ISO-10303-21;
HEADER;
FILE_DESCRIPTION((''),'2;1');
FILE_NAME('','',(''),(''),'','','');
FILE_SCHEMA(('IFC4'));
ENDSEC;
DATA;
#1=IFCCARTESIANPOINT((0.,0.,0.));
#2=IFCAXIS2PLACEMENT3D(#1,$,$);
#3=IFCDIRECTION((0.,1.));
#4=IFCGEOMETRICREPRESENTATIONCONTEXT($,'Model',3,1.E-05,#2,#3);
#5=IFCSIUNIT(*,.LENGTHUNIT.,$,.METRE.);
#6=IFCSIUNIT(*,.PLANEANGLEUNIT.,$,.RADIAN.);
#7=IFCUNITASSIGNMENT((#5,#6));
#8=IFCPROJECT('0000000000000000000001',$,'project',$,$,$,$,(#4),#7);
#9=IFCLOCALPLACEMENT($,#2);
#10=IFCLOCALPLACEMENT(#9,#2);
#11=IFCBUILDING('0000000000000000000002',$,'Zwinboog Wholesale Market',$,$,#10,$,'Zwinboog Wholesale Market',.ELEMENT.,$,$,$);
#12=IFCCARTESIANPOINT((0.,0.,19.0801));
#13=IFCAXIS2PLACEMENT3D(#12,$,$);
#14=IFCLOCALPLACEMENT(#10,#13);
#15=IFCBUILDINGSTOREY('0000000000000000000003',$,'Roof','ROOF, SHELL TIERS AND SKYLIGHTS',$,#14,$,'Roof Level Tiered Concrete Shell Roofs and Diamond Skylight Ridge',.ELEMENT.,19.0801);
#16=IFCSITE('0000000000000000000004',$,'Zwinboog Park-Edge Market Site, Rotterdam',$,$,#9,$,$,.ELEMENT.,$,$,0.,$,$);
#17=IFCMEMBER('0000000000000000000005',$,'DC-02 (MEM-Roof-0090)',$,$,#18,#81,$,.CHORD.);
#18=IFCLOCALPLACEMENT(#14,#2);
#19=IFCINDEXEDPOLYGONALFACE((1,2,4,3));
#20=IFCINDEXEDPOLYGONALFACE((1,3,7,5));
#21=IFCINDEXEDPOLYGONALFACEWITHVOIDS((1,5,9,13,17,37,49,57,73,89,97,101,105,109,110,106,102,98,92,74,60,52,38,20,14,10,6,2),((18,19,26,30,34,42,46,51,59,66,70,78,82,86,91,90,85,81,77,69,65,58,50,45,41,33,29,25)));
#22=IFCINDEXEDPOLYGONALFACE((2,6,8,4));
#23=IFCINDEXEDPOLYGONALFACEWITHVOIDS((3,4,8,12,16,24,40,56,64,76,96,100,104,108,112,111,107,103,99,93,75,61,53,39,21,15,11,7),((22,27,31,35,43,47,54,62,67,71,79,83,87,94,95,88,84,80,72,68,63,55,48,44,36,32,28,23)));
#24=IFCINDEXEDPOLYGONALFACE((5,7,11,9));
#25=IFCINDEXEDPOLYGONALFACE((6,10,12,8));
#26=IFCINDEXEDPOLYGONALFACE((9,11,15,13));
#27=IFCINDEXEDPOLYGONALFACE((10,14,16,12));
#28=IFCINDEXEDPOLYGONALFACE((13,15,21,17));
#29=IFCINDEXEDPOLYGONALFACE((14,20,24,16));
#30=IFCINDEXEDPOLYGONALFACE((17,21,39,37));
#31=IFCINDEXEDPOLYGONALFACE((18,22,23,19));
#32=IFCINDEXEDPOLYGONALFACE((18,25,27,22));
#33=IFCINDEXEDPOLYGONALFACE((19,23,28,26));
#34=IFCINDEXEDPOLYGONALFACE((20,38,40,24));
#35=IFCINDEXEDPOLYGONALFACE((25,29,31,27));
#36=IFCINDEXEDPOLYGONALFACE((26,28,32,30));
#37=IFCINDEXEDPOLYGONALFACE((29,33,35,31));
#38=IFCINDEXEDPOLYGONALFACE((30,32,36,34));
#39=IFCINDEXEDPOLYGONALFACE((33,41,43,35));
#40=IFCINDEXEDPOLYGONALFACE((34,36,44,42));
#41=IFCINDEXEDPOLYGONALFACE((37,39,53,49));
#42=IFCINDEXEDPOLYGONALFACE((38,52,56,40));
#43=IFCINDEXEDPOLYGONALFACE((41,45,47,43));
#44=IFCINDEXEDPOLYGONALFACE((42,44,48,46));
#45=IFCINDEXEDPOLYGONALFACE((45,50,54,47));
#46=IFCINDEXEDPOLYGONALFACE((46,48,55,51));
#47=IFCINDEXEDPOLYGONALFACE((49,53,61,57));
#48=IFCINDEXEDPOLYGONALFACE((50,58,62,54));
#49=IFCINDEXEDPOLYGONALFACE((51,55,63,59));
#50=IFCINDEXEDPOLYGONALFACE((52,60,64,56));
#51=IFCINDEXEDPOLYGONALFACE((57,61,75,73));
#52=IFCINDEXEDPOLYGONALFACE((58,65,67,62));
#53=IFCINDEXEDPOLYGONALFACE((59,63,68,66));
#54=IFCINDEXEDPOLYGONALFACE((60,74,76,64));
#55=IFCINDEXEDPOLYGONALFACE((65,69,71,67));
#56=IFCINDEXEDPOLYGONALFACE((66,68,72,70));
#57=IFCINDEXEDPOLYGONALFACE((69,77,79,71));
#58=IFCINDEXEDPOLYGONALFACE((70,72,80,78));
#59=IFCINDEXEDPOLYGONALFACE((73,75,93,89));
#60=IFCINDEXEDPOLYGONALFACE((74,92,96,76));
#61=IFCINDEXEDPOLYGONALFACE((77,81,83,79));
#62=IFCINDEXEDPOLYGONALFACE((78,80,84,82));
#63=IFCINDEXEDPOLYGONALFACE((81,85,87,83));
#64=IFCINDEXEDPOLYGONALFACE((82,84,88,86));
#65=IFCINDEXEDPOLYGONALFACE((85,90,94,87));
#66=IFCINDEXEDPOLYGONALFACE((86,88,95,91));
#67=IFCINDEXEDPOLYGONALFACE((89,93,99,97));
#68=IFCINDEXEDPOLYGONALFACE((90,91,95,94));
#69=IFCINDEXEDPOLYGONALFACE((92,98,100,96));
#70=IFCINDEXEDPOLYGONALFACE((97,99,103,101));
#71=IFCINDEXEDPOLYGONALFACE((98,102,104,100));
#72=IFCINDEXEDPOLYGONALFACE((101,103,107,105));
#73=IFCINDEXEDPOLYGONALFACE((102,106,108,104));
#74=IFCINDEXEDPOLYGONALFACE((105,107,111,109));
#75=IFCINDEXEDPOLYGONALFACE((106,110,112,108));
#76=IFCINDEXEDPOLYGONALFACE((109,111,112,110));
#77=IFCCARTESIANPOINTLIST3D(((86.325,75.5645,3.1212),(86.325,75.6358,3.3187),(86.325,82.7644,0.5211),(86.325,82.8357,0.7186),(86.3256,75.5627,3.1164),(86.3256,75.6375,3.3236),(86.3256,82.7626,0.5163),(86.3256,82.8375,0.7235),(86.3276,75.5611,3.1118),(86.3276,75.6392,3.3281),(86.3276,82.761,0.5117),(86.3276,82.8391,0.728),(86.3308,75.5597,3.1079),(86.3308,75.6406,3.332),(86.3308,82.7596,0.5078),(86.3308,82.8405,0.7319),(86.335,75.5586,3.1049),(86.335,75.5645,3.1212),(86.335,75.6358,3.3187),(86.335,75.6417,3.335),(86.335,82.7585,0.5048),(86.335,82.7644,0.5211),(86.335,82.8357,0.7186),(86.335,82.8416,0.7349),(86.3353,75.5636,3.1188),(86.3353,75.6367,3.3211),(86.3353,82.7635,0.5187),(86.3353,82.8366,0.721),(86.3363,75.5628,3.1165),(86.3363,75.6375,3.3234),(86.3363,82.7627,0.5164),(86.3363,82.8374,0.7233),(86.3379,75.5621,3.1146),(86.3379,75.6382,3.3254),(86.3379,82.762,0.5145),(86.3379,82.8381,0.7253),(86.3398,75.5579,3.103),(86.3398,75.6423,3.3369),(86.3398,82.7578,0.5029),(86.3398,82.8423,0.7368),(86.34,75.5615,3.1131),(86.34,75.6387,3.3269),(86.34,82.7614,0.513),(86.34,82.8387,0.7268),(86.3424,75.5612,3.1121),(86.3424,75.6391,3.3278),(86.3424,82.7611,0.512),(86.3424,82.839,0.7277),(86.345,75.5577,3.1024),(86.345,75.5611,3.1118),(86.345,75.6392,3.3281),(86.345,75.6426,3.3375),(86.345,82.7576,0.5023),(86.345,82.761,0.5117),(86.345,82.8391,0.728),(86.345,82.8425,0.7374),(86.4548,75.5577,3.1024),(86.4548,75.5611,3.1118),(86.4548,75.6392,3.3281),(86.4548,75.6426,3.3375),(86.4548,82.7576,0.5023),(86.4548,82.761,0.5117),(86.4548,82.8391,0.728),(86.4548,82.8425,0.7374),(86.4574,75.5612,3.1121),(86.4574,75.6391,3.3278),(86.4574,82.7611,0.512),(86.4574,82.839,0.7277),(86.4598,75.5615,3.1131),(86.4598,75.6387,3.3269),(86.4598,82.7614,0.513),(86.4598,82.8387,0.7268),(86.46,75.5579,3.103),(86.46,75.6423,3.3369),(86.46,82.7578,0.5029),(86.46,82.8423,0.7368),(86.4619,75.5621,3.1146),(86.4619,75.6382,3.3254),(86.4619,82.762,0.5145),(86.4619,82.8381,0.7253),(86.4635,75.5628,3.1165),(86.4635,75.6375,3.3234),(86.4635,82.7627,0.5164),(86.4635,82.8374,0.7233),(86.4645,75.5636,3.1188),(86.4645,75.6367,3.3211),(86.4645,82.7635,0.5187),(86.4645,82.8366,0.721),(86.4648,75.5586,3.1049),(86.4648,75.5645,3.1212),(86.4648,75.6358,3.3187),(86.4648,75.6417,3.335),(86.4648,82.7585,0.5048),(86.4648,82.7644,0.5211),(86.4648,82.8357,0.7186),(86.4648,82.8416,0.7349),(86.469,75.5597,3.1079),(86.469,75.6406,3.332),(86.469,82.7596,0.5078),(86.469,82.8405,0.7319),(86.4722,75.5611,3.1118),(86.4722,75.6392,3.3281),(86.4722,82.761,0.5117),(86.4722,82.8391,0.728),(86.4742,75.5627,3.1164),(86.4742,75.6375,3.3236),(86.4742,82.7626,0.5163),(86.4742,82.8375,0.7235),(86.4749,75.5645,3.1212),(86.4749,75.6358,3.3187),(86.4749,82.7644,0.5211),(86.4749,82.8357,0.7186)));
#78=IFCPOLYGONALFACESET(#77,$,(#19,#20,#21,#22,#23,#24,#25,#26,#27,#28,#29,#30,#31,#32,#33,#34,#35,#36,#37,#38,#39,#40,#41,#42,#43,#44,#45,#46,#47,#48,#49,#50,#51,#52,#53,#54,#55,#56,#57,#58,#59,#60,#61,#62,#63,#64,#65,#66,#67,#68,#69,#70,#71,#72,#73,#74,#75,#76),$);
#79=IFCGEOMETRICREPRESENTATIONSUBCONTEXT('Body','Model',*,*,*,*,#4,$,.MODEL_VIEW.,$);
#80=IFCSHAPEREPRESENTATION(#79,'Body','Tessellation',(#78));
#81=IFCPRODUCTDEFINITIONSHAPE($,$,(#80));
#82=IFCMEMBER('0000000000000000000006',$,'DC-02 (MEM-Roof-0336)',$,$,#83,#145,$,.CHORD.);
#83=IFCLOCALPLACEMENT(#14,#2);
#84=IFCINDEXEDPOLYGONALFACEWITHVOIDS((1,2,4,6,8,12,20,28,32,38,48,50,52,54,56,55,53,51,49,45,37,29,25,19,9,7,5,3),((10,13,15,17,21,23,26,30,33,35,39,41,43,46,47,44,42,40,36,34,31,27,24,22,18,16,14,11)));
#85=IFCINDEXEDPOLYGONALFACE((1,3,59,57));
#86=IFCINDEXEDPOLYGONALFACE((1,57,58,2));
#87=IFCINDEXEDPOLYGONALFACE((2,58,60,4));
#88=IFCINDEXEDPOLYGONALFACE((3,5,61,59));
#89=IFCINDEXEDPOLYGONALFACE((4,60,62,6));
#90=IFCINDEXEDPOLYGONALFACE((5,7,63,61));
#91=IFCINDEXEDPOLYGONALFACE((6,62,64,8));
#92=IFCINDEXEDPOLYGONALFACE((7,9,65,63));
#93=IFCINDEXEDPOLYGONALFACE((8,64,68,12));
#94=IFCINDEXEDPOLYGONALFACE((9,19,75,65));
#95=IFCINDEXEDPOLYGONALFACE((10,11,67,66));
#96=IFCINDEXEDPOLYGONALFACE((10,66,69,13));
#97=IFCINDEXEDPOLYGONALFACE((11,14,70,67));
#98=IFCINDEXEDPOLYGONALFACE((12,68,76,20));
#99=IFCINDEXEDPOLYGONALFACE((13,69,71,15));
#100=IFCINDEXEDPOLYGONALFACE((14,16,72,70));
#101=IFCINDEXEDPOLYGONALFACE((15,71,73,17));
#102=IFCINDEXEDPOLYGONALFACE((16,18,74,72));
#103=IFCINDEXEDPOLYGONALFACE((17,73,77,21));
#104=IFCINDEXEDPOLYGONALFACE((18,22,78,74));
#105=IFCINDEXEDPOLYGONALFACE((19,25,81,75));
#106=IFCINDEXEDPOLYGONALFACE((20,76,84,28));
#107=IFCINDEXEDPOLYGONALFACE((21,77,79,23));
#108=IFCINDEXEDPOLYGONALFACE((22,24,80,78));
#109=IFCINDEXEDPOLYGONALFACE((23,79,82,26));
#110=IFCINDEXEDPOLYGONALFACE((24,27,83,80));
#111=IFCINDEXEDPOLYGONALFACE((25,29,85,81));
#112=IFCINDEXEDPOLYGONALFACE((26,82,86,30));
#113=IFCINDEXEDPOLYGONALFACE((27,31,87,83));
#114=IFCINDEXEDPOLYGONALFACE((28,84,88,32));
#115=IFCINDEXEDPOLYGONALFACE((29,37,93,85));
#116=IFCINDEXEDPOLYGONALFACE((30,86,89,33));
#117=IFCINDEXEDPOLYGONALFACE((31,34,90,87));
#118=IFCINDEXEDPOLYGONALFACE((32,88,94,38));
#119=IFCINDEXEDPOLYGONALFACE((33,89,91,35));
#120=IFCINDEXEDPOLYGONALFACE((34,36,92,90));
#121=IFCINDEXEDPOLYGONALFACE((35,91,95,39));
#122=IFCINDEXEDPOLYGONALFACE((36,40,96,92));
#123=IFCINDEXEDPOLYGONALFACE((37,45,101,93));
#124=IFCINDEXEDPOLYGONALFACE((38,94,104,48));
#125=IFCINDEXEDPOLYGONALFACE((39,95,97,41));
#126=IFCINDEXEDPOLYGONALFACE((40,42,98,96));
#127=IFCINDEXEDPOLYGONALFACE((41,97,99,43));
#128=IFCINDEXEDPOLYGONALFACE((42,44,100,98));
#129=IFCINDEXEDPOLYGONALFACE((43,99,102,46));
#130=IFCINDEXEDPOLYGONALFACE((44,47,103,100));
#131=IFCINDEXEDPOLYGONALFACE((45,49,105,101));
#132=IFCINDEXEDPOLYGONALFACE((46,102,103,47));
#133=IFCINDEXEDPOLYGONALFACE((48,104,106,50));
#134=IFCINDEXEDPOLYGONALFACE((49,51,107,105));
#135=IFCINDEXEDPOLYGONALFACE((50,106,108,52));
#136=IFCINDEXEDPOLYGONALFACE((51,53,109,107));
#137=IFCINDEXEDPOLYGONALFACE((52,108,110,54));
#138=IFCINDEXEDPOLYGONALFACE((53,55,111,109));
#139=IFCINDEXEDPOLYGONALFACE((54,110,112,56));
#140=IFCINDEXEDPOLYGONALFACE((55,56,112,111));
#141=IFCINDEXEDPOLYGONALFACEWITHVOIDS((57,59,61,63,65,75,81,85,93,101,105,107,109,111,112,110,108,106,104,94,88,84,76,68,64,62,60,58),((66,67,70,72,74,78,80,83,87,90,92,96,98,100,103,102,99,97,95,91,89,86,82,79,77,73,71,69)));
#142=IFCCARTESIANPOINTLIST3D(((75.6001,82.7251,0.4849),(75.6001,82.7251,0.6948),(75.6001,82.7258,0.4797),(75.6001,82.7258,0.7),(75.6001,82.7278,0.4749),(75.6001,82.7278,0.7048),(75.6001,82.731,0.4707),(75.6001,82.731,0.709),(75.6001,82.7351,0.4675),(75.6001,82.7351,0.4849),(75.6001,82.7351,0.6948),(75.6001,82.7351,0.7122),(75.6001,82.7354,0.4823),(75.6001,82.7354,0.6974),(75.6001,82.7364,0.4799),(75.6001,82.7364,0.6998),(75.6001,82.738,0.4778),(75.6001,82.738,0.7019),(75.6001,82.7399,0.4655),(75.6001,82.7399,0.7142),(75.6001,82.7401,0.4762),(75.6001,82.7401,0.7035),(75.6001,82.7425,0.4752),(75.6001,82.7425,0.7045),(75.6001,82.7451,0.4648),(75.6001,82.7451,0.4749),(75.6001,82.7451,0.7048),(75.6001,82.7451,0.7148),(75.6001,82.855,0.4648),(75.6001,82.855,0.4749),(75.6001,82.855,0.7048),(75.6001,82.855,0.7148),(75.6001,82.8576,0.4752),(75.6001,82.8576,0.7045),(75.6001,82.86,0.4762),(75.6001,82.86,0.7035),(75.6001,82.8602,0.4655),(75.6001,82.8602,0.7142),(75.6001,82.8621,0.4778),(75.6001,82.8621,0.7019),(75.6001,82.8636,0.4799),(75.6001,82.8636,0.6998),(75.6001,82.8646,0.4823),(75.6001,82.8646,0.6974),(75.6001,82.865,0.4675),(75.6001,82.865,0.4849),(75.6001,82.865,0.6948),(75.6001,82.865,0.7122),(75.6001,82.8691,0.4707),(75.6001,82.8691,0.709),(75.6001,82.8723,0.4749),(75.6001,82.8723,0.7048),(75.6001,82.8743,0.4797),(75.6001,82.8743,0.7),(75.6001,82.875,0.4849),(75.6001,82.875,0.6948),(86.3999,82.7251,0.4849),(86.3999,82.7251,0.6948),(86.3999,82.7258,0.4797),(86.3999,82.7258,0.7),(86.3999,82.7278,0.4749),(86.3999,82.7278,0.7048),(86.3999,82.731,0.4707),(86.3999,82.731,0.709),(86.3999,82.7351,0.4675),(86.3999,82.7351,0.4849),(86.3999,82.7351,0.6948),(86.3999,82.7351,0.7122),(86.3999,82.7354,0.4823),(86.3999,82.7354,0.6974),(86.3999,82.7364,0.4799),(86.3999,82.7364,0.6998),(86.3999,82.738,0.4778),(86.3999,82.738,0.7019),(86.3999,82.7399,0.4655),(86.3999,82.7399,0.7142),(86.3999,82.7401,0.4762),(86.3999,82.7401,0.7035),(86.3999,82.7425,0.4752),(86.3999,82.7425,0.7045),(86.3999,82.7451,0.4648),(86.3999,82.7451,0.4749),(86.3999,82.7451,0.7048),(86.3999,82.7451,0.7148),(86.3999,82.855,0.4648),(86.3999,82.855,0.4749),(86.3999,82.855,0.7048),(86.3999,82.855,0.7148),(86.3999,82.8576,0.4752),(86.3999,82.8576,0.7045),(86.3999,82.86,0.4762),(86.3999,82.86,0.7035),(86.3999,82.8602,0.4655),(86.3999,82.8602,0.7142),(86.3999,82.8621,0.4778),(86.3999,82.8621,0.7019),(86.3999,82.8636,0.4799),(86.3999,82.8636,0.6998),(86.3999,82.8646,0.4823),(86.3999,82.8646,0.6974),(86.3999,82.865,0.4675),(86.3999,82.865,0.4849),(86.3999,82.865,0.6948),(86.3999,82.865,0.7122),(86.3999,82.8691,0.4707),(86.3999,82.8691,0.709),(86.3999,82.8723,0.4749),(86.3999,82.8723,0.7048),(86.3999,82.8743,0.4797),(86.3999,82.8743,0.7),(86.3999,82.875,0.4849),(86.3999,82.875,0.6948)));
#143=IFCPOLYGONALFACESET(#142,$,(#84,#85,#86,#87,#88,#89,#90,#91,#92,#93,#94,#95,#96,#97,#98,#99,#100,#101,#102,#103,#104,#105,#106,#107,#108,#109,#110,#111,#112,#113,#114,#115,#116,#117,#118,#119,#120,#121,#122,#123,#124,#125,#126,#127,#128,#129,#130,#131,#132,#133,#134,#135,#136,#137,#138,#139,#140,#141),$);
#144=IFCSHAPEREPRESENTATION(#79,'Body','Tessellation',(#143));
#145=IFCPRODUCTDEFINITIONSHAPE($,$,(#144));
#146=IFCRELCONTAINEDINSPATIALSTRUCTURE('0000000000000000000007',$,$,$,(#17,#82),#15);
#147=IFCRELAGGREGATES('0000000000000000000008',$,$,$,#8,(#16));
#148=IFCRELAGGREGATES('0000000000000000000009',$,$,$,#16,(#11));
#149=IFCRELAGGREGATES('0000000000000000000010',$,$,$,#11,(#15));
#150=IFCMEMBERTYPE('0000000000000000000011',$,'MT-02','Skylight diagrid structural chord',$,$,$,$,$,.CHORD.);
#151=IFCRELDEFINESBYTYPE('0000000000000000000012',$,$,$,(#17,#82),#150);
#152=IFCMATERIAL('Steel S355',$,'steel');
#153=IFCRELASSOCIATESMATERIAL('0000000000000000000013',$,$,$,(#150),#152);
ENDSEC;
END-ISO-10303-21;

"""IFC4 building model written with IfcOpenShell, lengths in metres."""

from ifc_helpers import new_model, si_unit, direction, frame, origin, origin_2d, place, context, subcontext, project, spatial, hollow_rectangle, extrude, material, material_profile, profile_set, type_object, element, save


model = new_model("IFC4")

# Units and contexts
model_context = context("Model", 3, precision=1e-05, world=origin(), true_north=direction((0.0, 1.0)))
body_context = subcontext(model_context, "Body", "Model", "MODEL_VIEW")
ifc_project = project(units=[si_unit("LENGTHUNIT", "METRE"), si_unit("PLANEANGLEUNIT", "RADIAN")], contexts=[model_context])

# Site, building, storey
site_placement = place(None, origin())
site = spatial("IfcSite", under=ifc_project, at=site_placement, Name="Zwinboog Park-Edge Market Site, Rotterdam", CompositionType="ELEMENT", RefElevation=0.0)
building_placement = place(site_placement, origin())
building = spatial("IfcBuilding", under=site, at=building_placement, Name="Zwinboog Wholesale Market", LongName="Zwinboog Wholesale Market", CompositionType="ELEMENT")
storey_placement = place(building_placement, frame((0.0, 0.0, 19.0801)))
storey = spatial("IfcBuildingStorey", under=building, at=storey_placement, Name="Roof", Description="ROOF, SHELL TIERS AND SKYLIGHTS", LongName="Roof Level Tiered Concrete Shell Roofs and Diamond Skylight Ridge", CompositionType="ELEMENT", Elevation=19.0801)

# Members
ifc_material_1 = material(Name="Steel S355", Category="steel")
ifc_material_profile_1 = material_profile(ifc_material_1, hollow_rectangle(XDim=0.1499, YDim=0.25, WallThickness=0.01, InnerFilletRadius=0.01, OuterFilletRadius=0.02, at=origin_2d()), Name="RHS 250x150x10")
ifc_profile_set_1 = profile_set([ifc_material_profile_1], Name="Steel S355")
member_type_1 = type_object("IfcMemberType", Name="MT-02", Description="Skylight diagrid structural chord", PredefinedType="CHORD", material=ifc_profile_set_1)
for number, where, z_axis, x_axis, name in (
    (1, (86.3999, 82.8, 0.6199), (0.0, -0.940549, 0.339658), (1.0, 0.0, 0.0), "DC-02 (MEM-Roof-0090)"),
):
    element("IfcMember", number, at=place(storey_placement, frame(where, z_axis=z_axis, x_axis=x_axis)), inside=storey, type_object=member_type_1, Name=name, PredefinedType="CHORD", context=body_context, shape_type="SweptSolid", body=[
        extrude(hollow_rectangle(XDim=0.1499, YDim=0.25, WallThickness=0.01, InnerFilletRadius=0.01, OuterFilletRadius=0.02, at=origin_2d()), origin(), (0.0, 0.0, 1.0), 7.655),
    ])
member_1_placement = place(storey_placement, frame((75.6001, 82.8, 0.5898), z_axis=(1.0, 0.0, 0.0), x_axis=(0.0, 1.0, 0.0)))
element("IfcMember", 2, at=member_1_placement, inside=storey, type_object=member_type_1, Name="DC-02 (MEM-Roof-0336)", PredefinedType="CHORD", context=body_context, shape_type="SweptSolid", body=[
    extrude(hollow_rectangle(XDim=0.1499, YDim=0.25, WallThickness=0.01, InnerFilletRadius=0.01, OuterFilletRadius=0.02, at=origin_2d()), origin(), (0.0, 0.0, 1.0), 10.7998),
])

save(model, "model.ifc")
